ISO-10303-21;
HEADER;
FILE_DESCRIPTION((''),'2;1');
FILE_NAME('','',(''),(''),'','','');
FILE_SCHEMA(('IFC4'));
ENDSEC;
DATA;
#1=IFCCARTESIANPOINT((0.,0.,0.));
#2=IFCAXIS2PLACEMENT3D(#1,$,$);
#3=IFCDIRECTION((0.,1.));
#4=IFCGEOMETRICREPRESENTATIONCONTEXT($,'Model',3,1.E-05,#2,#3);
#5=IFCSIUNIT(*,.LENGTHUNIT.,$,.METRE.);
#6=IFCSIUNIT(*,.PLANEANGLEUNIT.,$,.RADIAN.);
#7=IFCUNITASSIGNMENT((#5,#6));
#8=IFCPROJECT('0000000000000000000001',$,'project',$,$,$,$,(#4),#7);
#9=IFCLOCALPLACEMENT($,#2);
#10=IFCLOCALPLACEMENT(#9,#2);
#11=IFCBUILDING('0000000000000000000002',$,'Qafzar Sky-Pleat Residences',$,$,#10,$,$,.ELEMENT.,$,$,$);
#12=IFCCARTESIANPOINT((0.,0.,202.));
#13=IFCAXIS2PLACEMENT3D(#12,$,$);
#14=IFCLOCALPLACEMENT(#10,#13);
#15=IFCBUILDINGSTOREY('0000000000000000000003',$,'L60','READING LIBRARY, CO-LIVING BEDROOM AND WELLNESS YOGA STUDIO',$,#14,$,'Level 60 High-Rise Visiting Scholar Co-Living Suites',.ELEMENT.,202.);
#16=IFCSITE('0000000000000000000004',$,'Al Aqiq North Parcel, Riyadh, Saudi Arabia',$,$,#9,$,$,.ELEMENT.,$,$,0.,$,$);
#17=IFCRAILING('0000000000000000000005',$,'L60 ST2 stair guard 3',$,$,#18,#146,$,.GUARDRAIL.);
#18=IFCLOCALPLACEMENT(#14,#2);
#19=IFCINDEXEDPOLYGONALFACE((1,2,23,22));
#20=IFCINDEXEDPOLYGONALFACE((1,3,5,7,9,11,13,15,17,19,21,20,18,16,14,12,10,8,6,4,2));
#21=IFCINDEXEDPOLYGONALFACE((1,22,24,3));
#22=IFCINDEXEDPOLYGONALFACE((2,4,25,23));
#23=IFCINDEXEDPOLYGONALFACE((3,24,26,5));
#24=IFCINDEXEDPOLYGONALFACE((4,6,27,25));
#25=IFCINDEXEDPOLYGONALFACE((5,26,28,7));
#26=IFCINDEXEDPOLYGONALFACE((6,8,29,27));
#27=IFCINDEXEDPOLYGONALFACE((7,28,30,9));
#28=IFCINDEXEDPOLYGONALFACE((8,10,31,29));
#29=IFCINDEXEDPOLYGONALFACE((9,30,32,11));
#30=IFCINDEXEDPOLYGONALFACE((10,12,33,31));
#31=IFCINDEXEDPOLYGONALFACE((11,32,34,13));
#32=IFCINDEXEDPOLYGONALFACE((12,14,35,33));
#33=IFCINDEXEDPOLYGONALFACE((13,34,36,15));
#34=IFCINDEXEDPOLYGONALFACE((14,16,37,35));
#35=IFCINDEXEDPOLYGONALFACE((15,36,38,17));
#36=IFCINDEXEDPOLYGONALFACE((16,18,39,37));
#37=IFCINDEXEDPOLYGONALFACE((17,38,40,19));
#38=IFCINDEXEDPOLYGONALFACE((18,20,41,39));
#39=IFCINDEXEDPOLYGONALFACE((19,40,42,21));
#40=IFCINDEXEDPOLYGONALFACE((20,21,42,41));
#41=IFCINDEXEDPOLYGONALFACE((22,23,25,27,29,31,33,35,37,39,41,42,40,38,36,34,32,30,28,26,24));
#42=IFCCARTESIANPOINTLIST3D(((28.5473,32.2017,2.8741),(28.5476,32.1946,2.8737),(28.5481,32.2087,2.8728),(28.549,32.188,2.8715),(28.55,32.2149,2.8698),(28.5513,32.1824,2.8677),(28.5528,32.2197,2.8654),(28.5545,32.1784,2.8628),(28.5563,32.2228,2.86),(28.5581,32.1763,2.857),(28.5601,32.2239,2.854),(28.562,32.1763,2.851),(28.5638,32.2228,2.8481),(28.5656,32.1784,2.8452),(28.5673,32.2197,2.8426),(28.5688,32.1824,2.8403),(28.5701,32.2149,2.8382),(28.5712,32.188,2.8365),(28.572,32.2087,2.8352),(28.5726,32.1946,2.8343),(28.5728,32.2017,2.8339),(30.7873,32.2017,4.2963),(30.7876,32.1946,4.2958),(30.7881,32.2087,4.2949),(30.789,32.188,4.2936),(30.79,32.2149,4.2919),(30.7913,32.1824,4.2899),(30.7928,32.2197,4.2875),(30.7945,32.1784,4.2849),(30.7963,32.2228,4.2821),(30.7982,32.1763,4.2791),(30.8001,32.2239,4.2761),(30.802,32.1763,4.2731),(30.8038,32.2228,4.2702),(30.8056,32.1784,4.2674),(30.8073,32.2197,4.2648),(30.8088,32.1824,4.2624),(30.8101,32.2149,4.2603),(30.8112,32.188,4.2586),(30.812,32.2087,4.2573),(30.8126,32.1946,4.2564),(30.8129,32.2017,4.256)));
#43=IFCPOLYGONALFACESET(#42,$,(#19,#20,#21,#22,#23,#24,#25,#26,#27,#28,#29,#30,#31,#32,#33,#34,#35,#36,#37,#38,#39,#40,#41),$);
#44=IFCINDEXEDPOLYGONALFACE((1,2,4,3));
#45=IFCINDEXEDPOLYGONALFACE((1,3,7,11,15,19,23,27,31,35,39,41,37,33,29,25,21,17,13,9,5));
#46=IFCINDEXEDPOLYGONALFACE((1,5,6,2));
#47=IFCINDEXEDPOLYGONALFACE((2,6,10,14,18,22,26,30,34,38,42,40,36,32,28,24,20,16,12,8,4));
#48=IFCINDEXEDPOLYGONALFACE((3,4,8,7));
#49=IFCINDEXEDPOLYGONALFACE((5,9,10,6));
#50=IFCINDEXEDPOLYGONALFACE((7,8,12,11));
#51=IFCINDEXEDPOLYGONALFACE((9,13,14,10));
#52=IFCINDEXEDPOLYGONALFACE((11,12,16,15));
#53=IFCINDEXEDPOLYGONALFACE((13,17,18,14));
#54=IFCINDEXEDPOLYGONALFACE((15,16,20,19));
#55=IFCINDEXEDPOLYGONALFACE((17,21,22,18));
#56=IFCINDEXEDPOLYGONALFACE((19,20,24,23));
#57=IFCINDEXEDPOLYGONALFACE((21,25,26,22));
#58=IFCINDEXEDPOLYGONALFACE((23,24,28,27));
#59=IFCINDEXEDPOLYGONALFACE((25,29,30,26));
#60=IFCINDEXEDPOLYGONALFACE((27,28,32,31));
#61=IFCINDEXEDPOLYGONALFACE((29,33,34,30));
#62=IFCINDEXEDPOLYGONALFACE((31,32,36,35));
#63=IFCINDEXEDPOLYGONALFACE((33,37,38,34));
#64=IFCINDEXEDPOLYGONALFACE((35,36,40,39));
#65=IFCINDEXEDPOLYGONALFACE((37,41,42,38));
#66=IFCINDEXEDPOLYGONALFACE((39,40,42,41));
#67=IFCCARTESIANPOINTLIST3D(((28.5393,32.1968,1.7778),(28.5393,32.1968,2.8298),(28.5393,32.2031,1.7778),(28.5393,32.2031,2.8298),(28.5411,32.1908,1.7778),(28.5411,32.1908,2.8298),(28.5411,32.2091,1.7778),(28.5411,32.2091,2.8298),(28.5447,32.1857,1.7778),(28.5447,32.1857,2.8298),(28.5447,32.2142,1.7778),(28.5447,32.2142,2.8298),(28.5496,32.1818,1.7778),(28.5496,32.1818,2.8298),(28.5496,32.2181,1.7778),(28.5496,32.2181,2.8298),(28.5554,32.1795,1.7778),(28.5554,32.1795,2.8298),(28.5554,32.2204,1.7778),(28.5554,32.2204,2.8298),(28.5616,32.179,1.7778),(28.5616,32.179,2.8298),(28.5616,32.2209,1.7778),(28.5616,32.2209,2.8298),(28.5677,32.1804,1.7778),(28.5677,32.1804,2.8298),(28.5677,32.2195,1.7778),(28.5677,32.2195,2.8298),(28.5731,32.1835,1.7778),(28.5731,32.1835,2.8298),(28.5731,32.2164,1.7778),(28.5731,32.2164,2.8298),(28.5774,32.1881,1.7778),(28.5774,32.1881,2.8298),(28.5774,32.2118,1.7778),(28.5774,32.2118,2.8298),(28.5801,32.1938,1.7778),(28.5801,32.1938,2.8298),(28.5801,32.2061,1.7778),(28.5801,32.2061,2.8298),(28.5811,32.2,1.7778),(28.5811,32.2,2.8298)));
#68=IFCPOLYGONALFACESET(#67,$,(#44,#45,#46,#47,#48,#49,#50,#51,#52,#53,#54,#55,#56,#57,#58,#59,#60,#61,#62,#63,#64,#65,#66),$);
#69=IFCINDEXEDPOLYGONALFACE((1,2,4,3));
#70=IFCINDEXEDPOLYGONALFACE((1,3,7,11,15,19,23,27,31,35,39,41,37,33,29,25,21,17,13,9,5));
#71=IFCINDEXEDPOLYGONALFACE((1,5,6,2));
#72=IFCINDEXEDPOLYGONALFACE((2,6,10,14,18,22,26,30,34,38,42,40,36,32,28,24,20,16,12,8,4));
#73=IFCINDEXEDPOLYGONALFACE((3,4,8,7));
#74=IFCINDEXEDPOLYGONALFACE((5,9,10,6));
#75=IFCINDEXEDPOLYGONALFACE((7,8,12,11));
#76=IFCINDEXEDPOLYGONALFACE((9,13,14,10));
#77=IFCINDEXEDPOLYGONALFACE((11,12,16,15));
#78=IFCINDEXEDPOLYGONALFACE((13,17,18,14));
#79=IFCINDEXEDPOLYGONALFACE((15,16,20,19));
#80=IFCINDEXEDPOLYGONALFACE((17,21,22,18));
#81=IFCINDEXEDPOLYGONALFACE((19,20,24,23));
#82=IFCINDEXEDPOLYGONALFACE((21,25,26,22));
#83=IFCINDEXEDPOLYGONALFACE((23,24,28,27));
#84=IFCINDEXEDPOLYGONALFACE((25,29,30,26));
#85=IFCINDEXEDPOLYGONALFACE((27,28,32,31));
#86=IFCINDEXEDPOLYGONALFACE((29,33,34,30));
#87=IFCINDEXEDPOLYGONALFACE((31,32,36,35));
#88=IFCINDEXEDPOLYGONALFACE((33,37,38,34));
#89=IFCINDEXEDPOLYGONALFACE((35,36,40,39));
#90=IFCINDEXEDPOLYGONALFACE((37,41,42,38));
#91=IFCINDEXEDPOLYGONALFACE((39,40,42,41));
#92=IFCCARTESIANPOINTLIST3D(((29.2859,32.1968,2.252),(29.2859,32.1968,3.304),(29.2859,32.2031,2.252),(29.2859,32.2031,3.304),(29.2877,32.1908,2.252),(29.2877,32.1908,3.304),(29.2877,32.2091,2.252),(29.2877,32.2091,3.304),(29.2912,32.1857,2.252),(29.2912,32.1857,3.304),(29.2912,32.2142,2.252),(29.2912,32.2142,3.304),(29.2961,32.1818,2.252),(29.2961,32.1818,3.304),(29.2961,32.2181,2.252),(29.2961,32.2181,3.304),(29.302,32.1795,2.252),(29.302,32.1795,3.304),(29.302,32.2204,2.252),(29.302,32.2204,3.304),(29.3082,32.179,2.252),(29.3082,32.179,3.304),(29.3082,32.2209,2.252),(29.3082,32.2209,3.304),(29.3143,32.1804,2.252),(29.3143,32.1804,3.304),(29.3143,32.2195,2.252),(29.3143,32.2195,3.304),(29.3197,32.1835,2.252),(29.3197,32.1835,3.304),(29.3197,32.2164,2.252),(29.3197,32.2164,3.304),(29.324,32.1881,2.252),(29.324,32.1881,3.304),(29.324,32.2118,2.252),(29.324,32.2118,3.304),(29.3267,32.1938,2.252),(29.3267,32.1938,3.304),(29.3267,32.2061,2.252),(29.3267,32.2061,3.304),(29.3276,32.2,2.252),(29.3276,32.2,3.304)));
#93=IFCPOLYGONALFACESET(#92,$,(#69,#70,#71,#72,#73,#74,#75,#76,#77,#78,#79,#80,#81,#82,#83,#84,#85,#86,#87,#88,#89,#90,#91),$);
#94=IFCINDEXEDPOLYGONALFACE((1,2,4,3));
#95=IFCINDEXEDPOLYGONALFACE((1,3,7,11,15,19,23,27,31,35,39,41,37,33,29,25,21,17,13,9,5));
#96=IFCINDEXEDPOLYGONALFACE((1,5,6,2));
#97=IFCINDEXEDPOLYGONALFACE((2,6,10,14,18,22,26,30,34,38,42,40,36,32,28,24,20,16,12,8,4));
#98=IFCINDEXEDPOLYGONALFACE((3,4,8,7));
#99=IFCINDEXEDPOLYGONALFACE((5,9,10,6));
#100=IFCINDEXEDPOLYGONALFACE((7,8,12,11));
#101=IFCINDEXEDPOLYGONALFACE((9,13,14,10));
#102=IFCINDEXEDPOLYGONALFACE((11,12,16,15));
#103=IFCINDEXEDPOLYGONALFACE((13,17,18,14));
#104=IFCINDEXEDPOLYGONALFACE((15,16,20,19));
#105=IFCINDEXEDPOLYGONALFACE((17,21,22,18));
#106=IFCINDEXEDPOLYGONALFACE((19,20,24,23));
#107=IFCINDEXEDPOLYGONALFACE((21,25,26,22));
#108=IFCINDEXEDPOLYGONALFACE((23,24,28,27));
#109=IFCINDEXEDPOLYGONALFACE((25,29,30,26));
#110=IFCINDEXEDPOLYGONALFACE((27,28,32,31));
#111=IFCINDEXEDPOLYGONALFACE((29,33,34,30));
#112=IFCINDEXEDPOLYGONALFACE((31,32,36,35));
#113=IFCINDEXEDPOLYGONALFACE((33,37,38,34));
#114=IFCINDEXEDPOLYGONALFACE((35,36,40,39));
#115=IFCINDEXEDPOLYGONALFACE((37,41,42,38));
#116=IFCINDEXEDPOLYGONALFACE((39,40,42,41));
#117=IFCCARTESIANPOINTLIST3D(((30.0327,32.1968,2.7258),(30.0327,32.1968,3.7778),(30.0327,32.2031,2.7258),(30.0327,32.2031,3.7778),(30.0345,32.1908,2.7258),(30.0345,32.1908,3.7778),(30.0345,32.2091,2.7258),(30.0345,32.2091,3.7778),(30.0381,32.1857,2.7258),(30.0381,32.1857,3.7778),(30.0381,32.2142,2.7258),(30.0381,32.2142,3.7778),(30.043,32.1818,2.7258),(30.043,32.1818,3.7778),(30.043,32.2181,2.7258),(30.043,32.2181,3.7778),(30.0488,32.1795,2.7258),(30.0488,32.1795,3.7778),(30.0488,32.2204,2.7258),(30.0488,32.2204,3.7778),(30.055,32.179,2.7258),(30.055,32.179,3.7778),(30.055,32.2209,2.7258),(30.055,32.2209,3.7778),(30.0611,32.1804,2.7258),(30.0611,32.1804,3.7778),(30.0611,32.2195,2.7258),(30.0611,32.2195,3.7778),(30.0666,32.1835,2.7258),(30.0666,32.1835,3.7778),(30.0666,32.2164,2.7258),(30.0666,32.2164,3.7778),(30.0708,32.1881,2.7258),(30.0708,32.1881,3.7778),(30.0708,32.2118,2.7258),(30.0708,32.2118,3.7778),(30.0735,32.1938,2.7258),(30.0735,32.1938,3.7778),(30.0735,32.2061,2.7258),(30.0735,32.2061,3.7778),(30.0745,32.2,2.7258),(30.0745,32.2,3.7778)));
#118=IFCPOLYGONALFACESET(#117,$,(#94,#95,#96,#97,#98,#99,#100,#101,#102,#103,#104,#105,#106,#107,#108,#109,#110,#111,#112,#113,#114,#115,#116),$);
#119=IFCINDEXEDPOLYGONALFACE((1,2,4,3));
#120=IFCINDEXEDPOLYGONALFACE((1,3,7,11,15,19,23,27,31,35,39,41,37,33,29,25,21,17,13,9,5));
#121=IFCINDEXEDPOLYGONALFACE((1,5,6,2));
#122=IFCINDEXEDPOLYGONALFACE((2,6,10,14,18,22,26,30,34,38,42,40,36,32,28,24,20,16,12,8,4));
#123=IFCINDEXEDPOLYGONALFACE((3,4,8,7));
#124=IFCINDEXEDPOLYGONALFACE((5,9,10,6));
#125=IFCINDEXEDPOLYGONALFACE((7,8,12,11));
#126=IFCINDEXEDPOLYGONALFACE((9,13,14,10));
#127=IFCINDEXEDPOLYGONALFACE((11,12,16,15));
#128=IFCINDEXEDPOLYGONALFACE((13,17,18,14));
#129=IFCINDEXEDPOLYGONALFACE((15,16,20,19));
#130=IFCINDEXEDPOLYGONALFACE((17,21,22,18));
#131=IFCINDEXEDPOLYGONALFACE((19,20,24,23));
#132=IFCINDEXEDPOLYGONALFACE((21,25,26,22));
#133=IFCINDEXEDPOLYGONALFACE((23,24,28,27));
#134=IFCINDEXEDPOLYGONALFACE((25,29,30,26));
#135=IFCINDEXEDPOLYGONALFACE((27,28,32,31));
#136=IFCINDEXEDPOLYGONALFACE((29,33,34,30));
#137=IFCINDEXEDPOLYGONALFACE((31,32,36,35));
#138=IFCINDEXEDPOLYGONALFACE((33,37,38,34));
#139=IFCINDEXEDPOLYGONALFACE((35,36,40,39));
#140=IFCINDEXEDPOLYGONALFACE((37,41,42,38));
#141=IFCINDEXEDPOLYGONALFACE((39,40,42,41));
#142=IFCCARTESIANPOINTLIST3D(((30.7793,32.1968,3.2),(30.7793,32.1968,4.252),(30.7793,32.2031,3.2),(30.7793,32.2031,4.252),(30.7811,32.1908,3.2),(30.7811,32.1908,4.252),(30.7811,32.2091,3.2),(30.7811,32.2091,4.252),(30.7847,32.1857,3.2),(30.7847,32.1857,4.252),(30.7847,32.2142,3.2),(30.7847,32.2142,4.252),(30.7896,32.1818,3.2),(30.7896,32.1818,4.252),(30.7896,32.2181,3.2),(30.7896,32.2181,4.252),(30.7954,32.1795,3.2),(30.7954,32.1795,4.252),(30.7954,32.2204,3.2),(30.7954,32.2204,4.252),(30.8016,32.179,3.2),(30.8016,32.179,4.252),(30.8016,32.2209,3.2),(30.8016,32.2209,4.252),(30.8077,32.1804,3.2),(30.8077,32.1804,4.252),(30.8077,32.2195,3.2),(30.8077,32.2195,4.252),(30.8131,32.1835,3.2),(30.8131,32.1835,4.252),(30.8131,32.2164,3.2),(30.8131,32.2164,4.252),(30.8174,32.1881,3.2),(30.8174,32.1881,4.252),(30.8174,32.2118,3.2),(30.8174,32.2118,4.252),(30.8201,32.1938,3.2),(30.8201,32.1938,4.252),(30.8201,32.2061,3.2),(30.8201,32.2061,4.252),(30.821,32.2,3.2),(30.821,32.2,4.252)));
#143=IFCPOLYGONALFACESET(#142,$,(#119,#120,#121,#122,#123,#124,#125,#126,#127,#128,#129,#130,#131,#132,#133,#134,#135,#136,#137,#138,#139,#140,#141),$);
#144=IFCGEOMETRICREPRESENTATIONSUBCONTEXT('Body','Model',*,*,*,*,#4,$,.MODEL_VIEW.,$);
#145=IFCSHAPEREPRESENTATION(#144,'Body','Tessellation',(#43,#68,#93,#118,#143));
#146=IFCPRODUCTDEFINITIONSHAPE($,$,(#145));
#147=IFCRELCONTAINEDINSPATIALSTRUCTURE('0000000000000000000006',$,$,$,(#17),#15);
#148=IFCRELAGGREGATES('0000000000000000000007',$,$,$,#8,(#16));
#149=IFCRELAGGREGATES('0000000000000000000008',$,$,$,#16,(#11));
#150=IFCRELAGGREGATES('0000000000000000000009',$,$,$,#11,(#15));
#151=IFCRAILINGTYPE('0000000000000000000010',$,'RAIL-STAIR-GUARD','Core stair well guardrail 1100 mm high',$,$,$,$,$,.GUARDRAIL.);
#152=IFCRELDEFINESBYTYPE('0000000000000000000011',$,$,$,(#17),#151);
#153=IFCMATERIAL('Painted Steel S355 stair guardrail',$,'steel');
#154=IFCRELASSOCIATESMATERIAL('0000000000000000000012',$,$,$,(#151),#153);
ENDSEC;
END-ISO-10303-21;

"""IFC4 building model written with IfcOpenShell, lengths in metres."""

from ifc_helpers import new_model, si_unit, direction, frame, origin, origin_2d, place, context, subcontext, project, spatial, circle, extrude, source, transform, mapped, material, type_object, element, save


model = new_model("IFC4")

# Units and contexts
model_context = context("Model", 3, precision=1e-05, world=origin(), true_north=direction((0.0, 1.0)))
body_context = subcontext(model_context, "Body", "Model", "MODEL_VIEW")
ifc_project = project(units=[si_unit("LENGTHUNIT", "METRE"), si_unit("PLANEANGLEUNIT", "RADIAN")], contexts=[model_context])

# Site, building, storey
site_placement = place(None, origin())
site = spatial("IfcSite", under=ifc_project, at=site_placement, Name="Al Aqiq North Parcel, Riyadh, Saudi Arabia", CompositionType="ELEMENT", RefElevation=0.0)
building_placement = place(site_placement, origin())
building = spatial("IfcBuilding", under=site, at=building_placement, Name="Qafzar Sky-Pleat Residences", CompositionType="ELEMENT")
storey_placement = place(building_placement, frame((0.0, 0.0, 202.0)))
storey = spatial("IfcBuildingStorey", under=building, at=storey_placement, Name="L60", Description="READING LIBRARY, CO-LIVING BEDROOM AND WELLNESS YOGA STUDIO", LongName="Level 60 High-Rise Visiting Scholar Co-Living Suites", CompositionType="ELEMENT", Elevation=202.0)

# Railing
ifc_material_1 = material(Name="Painted Steel S355 stair guardrail", Category="steel")
railing_type_1 = type_object("IfcRailingType", Name="RAIL-STAIR-GUARD", Description="Core stair well guardrail 1100 mm high", PredefinedType="GUARDRAIL", material=ifc_material_1)
shared_shape_1 = source(origin(), body_context, "Body", "SweptSolid", [
    extrude(circle(Radius=0.0239, at=origin_2d()), frame((0.0, 0.0, 1.0762), z_axis=(0.844229, 0.0, 0.535982), x_axis=(0.0, 1.0, 0.0)), (0.0, 0.0, 1.0), 2.6533),
    extrude(circle(Radius=0.021, at=origin_2d()), origin(), (0.0, 0.0, 1.0), 1.052),
    extrude(circle(Radius=0.021, at=origin_2d()), frame((0.7466, 0.0, 0.4741)), (0.0, 0.0, 1.0), 1.052),
    extrude(circle(Radius=0.021, at=origin_2d()), frame((1.4934, 0.0, 0.948)), (0.0, 0.0, 1.0), 1.052),
    extrude(circle(Radius=0.021, at=origin_2d()), frame((2.24, 0.0, 1.4221)), (0.0, 0.0, 1.0), 1.052),
])
railing_1_placement = place(storey_placement, frame((28.5601, 32.2, 1.7778)))
element("IfcRailing", 1, at=railing_1_placement, inside=storey, type_object=railing_type_1, Name="L60 ST2 stair guard 3", PredefinedType="GUARDRAIL", context=body_context, shape_type="MappedRepresentation", body=[
    mapped(shared_shape_1, transform((0.0, 0.0, 0.0), x_axis=(1.0, 0.0, 0.0), y_axis=(0.0, 1.0, 0.0), z_axis=(0.0, 0.0, 1.0), scale=1.0)),
])

save(model, "model.ifc")
